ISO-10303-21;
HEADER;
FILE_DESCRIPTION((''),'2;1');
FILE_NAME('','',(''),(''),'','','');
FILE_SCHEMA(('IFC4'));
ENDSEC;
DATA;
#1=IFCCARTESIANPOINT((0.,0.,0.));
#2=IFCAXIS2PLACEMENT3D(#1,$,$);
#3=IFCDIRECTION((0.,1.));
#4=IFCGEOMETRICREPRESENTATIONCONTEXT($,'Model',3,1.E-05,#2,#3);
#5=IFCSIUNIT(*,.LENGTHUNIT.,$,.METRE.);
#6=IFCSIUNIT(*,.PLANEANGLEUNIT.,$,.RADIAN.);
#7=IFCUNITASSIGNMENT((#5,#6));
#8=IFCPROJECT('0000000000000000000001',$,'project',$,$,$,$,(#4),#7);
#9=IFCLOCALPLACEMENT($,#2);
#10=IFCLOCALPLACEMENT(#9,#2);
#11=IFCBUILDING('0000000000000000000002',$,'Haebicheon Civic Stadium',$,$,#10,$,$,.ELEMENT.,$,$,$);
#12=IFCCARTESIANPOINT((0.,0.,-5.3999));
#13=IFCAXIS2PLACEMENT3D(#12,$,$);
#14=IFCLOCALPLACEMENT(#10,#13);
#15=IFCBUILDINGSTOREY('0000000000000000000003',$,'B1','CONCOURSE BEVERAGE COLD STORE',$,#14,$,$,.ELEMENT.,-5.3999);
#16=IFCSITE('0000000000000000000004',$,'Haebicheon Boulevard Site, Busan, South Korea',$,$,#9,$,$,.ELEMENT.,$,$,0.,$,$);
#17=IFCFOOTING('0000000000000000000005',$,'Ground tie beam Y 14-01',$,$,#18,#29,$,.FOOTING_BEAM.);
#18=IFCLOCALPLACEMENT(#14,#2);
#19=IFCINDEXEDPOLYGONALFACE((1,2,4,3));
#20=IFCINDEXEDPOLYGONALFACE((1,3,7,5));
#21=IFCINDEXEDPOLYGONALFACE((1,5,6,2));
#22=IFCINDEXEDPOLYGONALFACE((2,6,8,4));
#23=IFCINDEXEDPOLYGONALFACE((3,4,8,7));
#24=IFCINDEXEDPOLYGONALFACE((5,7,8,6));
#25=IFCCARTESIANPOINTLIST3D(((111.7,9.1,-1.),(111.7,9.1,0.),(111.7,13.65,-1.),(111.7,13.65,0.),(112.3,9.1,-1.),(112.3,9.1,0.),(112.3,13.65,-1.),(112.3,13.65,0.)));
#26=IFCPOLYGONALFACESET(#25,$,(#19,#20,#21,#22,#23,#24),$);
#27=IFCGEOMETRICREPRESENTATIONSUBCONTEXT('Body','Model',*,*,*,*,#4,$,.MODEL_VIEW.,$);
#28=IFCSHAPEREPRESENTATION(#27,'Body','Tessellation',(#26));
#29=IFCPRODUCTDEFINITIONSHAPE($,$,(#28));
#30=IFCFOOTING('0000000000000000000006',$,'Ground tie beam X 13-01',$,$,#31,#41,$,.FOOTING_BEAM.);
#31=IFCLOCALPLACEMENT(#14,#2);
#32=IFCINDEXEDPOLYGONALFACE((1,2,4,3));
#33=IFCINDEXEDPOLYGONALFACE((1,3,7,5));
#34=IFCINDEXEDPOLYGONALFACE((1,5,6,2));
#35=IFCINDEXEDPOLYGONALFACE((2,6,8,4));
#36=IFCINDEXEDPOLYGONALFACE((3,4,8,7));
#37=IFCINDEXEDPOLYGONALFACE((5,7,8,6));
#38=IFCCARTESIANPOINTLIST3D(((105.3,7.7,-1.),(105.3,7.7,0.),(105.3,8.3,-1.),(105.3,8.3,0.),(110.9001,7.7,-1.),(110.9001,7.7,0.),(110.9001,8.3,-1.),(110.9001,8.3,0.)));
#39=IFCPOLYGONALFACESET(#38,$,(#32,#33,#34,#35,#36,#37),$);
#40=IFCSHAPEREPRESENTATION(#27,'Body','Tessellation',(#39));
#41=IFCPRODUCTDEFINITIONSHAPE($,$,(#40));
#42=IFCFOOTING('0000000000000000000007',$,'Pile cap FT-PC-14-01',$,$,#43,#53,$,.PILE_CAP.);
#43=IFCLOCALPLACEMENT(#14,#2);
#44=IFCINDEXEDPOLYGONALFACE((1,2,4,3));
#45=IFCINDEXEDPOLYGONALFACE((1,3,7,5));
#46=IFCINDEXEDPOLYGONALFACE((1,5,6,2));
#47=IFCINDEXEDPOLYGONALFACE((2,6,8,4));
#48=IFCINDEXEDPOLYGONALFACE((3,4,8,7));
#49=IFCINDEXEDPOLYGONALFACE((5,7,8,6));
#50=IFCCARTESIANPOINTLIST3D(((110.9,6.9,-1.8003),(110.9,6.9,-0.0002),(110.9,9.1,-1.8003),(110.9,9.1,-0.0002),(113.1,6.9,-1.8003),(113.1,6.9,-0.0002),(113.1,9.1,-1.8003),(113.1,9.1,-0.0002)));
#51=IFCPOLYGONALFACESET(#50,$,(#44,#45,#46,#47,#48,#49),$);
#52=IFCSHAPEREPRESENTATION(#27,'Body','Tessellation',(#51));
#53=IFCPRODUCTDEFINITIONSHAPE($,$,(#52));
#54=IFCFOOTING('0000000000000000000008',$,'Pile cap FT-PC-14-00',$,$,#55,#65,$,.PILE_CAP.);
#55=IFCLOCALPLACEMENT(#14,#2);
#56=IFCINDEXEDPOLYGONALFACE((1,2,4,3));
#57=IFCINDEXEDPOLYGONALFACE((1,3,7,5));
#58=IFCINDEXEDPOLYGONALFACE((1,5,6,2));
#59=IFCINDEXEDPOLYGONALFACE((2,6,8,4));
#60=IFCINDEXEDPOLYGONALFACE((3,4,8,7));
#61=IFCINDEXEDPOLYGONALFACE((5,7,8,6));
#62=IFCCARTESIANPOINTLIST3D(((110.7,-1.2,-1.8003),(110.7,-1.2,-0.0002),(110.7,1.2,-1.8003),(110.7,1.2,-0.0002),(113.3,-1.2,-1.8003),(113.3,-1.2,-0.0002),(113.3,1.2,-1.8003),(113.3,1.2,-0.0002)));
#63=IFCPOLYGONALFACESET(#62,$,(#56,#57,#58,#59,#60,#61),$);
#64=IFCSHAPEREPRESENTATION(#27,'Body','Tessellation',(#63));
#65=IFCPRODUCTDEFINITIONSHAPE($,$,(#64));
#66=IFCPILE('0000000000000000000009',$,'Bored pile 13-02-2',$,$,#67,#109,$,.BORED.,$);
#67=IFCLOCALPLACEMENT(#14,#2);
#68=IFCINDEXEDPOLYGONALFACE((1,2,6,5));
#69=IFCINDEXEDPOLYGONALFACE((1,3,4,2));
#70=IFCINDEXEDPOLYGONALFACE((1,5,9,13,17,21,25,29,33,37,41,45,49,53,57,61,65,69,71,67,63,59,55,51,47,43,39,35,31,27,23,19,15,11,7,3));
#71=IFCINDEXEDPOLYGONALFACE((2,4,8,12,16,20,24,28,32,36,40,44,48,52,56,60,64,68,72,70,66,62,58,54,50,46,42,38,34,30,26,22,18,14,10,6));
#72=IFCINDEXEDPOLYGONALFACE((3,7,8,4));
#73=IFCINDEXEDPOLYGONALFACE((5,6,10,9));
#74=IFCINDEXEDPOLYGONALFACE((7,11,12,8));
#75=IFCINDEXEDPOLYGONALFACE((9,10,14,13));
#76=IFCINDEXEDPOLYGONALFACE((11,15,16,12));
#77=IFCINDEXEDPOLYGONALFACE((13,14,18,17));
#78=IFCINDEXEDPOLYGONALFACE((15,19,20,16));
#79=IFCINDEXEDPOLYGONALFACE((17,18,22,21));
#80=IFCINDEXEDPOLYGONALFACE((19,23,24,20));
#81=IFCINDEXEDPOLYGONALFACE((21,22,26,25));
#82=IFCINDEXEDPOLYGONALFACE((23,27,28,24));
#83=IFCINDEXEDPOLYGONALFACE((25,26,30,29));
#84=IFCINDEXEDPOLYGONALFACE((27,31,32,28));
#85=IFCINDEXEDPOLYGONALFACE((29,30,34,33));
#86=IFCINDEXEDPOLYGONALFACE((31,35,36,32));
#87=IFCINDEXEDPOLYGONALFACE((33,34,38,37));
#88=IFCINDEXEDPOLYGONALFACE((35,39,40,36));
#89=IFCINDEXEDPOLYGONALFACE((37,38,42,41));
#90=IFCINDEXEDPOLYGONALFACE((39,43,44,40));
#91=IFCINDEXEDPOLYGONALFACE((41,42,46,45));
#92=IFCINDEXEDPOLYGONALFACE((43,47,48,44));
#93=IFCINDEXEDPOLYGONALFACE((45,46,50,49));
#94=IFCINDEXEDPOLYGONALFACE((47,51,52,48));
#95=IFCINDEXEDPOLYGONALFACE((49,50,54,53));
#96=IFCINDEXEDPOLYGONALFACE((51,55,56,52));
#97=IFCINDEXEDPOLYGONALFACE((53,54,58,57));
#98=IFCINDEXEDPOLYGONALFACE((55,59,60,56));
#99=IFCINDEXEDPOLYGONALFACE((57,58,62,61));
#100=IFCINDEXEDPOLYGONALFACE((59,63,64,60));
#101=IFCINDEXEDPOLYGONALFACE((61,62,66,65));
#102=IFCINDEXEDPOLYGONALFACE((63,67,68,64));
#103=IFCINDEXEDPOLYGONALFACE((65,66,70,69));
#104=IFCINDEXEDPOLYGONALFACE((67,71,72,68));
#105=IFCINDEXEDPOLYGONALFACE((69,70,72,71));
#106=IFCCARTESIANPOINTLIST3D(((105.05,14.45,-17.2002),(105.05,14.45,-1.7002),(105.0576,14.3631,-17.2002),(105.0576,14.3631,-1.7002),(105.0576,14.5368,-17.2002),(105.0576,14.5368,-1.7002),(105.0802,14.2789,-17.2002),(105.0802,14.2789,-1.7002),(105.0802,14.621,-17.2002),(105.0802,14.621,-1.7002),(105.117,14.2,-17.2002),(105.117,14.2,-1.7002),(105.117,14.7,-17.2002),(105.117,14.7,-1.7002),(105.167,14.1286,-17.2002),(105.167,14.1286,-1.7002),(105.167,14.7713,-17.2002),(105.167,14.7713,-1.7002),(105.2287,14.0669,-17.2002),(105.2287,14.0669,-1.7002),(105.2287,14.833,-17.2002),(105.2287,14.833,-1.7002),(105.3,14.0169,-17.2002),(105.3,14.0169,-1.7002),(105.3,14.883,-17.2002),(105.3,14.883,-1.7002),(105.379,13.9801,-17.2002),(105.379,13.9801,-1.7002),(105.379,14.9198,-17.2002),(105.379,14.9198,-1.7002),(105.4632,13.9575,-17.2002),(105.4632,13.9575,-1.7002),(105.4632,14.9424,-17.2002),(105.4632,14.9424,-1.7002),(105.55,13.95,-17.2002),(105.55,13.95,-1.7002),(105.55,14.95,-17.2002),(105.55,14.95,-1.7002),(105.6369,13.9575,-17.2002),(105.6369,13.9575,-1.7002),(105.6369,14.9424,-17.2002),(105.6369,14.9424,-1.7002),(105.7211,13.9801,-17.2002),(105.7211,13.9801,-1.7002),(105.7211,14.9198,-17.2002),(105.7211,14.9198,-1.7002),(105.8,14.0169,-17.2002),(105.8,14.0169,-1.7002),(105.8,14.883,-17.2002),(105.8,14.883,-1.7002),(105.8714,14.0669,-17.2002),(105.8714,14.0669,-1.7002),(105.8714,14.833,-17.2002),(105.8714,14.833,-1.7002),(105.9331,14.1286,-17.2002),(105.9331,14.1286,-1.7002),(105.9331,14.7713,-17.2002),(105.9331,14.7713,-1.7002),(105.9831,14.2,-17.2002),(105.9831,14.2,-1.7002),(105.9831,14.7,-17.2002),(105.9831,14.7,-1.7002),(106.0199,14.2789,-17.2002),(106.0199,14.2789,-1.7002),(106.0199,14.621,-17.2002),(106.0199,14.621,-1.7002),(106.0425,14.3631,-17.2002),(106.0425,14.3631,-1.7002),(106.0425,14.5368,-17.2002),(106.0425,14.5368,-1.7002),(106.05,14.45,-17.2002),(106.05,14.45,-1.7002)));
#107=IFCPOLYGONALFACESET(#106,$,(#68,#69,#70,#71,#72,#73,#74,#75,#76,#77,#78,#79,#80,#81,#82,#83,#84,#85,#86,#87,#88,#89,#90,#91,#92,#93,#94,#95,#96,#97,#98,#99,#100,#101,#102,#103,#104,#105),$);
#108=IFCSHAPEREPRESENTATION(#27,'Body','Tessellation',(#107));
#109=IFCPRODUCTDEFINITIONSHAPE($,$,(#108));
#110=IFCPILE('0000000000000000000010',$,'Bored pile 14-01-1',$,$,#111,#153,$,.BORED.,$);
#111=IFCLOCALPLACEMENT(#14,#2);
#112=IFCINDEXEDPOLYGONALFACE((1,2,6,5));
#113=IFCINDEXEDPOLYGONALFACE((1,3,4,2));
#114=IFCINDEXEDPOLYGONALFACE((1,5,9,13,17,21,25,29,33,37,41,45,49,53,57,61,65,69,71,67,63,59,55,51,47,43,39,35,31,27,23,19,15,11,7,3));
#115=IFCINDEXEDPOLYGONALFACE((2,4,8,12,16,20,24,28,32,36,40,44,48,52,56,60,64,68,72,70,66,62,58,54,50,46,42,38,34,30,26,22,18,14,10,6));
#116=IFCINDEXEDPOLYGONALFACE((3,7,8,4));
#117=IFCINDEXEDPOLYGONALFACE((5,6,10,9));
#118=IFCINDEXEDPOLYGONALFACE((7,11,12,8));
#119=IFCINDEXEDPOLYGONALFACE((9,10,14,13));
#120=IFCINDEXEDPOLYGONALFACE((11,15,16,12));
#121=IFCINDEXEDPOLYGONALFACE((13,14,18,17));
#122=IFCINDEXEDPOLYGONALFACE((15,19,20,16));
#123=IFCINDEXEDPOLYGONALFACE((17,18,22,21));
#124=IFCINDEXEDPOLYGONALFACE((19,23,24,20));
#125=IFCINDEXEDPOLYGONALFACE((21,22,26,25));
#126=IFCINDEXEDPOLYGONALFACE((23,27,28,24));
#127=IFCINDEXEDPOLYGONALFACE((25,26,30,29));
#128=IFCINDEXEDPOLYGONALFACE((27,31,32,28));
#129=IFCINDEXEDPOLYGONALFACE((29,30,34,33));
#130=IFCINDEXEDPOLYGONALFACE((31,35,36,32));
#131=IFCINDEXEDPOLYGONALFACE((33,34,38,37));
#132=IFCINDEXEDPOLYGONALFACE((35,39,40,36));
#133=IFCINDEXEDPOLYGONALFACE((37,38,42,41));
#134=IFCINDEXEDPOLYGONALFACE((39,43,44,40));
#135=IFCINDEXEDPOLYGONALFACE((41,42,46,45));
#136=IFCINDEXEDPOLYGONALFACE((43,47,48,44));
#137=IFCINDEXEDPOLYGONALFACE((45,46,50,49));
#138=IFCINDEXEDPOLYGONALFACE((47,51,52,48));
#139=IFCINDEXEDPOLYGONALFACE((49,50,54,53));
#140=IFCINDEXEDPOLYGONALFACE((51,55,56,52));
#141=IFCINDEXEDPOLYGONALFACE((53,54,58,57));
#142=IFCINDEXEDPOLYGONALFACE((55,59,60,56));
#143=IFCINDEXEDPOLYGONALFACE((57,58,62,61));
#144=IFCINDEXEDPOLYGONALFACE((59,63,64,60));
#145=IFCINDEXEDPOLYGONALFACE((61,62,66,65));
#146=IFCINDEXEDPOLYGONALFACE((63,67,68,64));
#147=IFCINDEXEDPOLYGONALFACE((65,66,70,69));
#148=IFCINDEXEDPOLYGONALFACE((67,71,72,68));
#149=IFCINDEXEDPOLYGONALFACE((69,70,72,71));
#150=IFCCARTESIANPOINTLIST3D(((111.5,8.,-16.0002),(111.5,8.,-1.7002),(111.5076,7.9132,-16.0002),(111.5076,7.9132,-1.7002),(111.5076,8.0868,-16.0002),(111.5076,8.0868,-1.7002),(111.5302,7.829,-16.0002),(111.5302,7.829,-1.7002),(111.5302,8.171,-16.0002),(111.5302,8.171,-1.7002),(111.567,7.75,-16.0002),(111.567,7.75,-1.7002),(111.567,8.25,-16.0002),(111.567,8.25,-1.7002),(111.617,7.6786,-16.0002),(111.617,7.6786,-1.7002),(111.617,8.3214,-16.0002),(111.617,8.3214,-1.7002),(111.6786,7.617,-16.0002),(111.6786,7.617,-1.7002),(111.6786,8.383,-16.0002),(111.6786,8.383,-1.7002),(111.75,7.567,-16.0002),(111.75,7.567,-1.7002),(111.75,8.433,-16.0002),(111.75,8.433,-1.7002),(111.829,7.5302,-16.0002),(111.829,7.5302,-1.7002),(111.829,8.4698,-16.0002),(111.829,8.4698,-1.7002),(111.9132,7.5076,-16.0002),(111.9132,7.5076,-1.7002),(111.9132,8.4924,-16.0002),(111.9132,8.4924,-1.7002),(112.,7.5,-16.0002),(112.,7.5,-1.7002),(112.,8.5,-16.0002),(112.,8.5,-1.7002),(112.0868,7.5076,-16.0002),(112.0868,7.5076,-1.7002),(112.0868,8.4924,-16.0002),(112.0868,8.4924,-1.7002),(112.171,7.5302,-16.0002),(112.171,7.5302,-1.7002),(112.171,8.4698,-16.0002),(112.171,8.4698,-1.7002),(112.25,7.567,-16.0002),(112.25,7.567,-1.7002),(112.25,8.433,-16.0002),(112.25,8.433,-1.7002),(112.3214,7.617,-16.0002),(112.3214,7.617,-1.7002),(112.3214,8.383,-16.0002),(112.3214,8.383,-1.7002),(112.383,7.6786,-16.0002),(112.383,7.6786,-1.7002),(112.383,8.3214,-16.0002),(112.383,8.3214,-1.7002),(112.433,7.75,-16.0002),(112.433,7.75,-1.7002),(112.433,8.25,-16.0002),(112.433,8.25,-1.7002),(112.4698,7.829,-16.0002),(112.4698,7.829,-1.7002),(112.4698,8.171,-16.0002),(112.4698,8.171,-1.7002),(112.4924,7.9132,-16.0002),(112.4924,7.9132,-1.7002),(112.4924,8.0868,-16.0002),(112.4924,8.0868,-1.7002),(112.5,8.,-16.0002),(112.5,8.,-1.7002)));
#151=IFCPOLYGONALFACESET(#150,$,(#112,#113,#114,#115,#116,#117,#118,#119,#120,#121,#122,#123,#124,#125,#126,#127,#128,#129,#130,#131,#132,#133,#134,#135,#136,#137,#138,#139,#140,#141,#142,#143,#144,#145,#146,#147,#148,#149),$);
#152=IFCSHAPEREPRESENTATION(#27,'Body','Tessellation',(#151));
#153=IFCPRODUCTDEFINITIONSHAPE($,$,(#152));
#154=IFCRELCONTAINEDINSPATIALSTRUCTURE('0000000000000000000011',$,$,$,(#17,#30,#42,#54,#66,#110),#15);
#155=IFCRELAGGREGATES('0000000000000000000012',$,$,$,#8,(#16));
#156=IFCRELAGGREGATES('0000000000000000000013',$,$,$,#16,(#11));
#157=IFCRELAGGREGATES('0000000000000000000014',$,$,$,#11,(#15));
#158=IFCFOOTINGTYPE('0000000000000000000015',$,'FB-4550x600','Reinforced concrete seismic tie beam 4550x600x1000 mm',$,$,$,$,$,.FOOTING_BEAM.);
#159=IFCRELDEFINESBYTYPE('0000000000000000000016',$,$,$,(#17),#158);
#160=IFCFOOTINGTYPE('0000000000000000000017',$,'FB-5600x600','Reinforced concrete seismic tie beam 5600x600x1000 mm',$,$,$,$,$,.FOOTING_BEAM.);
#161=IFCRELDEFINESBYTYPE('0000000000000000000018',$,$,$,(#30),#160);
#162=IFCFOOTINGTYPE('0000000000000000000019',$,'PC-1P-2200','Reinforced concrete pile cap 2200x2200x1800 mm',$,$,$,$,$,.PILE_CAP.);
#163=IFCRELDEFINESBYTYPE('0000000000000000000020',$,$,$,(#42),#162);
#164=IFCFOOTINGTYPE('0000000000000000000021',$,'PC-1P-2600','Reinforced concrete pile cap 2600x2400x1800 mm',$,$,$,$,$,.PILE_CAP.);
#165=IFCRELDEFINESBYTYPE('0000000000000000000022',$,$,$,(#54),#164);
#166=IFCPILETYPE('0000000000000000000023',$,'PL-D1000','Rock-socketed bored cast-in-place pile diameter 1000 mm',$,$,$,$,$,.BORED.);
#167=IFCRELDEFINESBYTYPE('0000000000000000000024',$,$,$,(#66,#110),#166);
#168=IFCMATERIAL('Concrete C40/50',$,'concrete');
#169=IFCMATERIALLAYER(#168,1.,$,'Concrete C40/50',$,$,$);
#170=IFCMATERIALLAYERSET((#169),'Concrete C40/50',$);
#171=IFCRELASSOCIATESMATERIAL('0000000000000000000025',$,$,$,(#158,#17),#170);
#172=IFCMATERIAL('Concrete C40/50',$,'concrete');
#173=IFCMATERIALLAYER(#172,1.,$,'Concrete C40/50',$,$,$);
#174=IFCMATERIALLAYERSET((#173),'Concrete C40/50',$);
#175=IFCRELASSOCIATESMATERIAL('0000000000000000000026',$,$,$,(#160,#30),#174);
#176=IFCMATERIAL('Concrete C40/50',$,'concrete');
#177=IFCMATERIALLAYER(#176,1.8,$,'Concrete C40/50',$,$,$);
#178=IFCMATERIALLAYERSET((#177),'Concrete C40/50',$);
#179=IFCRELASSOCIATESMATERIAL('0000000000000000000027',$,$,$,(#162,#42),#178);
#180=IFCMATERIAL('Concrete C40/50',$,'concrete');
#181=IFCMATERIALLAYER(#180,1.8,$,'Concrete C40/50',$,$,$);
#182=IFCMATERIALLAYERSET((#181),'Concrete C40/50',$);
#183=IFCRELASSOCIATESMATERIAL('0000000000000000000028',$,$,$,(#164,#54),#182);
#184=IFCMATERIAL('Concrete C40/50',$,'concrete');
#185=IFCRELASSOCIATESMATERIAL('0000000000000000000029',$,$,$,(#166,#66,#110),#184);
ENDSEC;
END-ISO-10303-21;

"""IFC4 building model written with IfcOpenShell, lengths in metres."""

from ifc_helpers import new_model, si_unit, direction, frame, origin, origin_2d, place, context, subcontext, project, spatial, rectangle, circle, extrude, material, layer, layer_set, material_profile, profile_set, type_object, element, save


model = new_model("IFC4")

# Units and contexts
model_context = context("Model", 3, precision=1e-05, world=origin(), true_north=direction((0.0, 1.0)))
body_context = subcontext(model_context, "Body", "Model", "MODEL_VIEW")
ifc_project = project(units=[si_unit("LENGTHUNIT", "METRE"), si_unit("PLANEANGLEUNIT", "RADIAN")], contexts=[model_context])

# Site, building, storey
site_placement = place(None, origin())
site = spatial("IfcSite", under=ifc_project, at=site_placement, Name="Haebicheon Boulevard Site, Busan, South Korea", CompositionType="ELEMENT", RefElevation=0.0)
building_placement = place(site_placement, origin())
building = spatial("IfcBuilding", under=site, at=building_placement, Name="Haebicheon Civic Stadium", CompositionType="ELEMENT")
storey_placement = place(building_placement, frame((0.0, 0.0, -5.3999)))
storey = spatial("IfcBuildingStorey", under=building, at=storey_placement, Name="B1", Description="CONCOURSE BEVERAGE COLD STORE", CompositionType="ELEMENT", Elevation=-5.3999)

# Footings
ifc_material_1 = material(Name="Concrete C40/50", Category="concrete")
ifc_layer_1 = layer(ifc_material_1, 1.0, Name="Concrete C40/50")
ifc_layer_set_1 = layer_set([ifc_layer_1], Name="Concrete C40/50")
footing_type_1 = type_object("IfcFootingType", Name="FB-4550x600", Description="Reinforced concrete seismic tie beam 4550x600x1000 mm", PredefinedType="FOOTING_BEAM", material=ifc_layer_set_1)
footing_1_placement = place(storey_placement, frame((112.0, 11.375, -1.0), z_axis=(0.0, 0.0, 1.0), x_axis=(0.0, 1.0, 0.0)))
element("IfcFooting", 1, at=footing_1_placement, inside=storey, type_object=footing_type_1, material=ifc_layer_set_1, Name="Ground tie beam Y 14-01", PredefinedType="FOOTING_BEAM", context=body_context, shape_type="SweptSolid", body=[
    extrude(rectangle(XDim=4.55, YDim=0.6001, at=origin_2d()), origin(), (0.0, 0.0, 1.0), 1.0),
])
ifc_material_2 = material(Name="Concrete C40/50", Category="concrete")
ifc_layer_2 = layer(ifc_material_2, 1.0, Name="Concrete C40/50")
ifc_layer_set_2 = layer_set([ifc_layer_2], Name="Concrete C40/50")
footing_type_2 = type_object("IfcFootingType", Name="FB-5600x600", Description="Reinforced concrete seismic tie beam 5600x600x1000 mm", PredefinedType="FOOTING_BEAM", material=ifc_layer_set_2)
footing_2_placement = place(storey_placement, frame((108.1001, 8.0, -1.0), z_axis=(0.0, 0.0, 1.0), x_axis=(1.0, 0.0, 0.0)))
element("IfcFooting", 2, at=footing_2_placement, inside=storey, type_object=footing_type_2, material=ifc_layer_set_2, Name="Ground tie beam X 13-01", PredefinedType="FOOTING_BEAM", context=body_context, shape_type="SweptSolid", body=[
    extrude(rectangle(XDim=5.6001, YDim=0.6001, at=origin_2d()), origin(), (0.0, 0.0, 1.0), 1.0),
])
ifc_material_3 = material(Name="Concrete C40/50", Category="concrete")
ifc_layer_3 = layer(ifc_material_3, 1.8, Name="Concrete C40/50")
ifc_layer_set_3 = layer_set([ifc_layer_3], Name="Concrete C40/50")
footing_type_3 = type_object("IfcFootingType", Name="PC-1P-2200", Description="Reinforced concrete pile cap 2200x2200x1800 mm", PredefinedType="PILE_CAP", material=ifc_layer_set_3)
footing_3_placement = place(storey_placement, frame((112.0, 8.0, -1.8003), z_axis=(0.0, 0.0, 1.0), x_axis=(1.0, 0.0, 0.0)))
element("IfcFooting", 3, at=footing_3_placement, inside=storey, type_object=footing_type_3, material=ifc_layer_set_3, Name="Pile cap FT-PC-14-01", PredefinedType="PILE_CAP", context=body_context, shape_type="SweptSolid", body=[
    extrude(rectangle(XDim=2.2, YDim=2.2, at=origin_2d()), origin(), (0.0, 0.0, 1.0), 1.8),
])
ifc_material_4 = material(Name="Concrete C40/50", Category="concrete")
ifc_layer_4 = layer(ifc_material_4, 1.8, Name="Concrete C40/50")
ifc_layer_set_4 = layer_set([ifc_layer_4], Name="Concrete C40/50")
footing_type_4 = type_object("IfcFootingType", Name="PC-1P-2600", Description="Reinforced concrete pile cap 2600x2400x1800 mm", PredefinedType="PILE_CAP", material=ifc_layer_set_4)
footing_4_placement = place(storey_placement, frame((112.0, 0.0, -1.8003), z_axis=(0.0, 0.0, 1.0), x_axis=(1.0, 0.0, 0.0)))
element("IfcFooting", 4, at=footing_4_placement, inside=storey, type_object=footing_type_4, material=ifc_layer_set_4, Name="Pile cap FT-PC-14-00", PredefinedType="PILE_CAP", context=body_context, shape_type="SweptSolid", body=[
    extrude(rectangle(XDim=2.6001, YDim=2.3999, at=origin_2d()), origin(), (0.0, 0.0, 1.0), 1.8),
])

# Piles
ifc_material_5 = material(Name="Concrete C40/50", Category="concrete")
ifc_material_profile_1 = material_profile(ifc_material_5, circle(Radius=0.5, at=origin_2d()), Name="PILE-D1000")
ifc_profile_set_1 = profile_set([ifc_material_profile_1], Name="Concrete C40/50")
pile_type_1 = type_object("IfcPileType", Name="PL-D1000", Description="Rock-socketed bored cast-in-place pile diameter 1000 mm", PredefinedType="BORED", material=ifc_profile_set_1)
pile_1_placement = place(storey_placement, frame((105.55, 14.45, -1.7002), z_axis=(0.0, 0.0, -1.0), x_axis=(1.0, 0.0, 0.0)))
element("IfcPile", 5, at=pile_1_placement, inside=storey, type_object=pile_type_1, material=ifc_profile_set_1, Name="Bored pile 13-02-2", PredefinedType="BORED", context=body_context, shape_type="SweptSolid", body=[
    extrude(circle(Radius=0.5, at=origin_2d()), origin(), (0.0, 0.0, 1.0), 15.5),
])
pile_2_placement = place(storey_placement, frame((112.0, 8.0, -1.7002), z_axis=(0.0, 0.0, -1.0), x_axis=(1.0, 0.0, 0.0)))
element("IfcPile", 6, at=pile_2_placement, inside=storey, type_object=pile_type_1, material=ifc_profile_set_1, Name="Bored pile 14-01-1", PredefinedType="BORED", context=body_context, shape_type="SweptSolid", body=[
    extrude(circle(Radius=0.5, at=origin_2d()), origin(), (0.0, 0.0, 1.0), 14.3),
])

save(model, "model.ifc")
